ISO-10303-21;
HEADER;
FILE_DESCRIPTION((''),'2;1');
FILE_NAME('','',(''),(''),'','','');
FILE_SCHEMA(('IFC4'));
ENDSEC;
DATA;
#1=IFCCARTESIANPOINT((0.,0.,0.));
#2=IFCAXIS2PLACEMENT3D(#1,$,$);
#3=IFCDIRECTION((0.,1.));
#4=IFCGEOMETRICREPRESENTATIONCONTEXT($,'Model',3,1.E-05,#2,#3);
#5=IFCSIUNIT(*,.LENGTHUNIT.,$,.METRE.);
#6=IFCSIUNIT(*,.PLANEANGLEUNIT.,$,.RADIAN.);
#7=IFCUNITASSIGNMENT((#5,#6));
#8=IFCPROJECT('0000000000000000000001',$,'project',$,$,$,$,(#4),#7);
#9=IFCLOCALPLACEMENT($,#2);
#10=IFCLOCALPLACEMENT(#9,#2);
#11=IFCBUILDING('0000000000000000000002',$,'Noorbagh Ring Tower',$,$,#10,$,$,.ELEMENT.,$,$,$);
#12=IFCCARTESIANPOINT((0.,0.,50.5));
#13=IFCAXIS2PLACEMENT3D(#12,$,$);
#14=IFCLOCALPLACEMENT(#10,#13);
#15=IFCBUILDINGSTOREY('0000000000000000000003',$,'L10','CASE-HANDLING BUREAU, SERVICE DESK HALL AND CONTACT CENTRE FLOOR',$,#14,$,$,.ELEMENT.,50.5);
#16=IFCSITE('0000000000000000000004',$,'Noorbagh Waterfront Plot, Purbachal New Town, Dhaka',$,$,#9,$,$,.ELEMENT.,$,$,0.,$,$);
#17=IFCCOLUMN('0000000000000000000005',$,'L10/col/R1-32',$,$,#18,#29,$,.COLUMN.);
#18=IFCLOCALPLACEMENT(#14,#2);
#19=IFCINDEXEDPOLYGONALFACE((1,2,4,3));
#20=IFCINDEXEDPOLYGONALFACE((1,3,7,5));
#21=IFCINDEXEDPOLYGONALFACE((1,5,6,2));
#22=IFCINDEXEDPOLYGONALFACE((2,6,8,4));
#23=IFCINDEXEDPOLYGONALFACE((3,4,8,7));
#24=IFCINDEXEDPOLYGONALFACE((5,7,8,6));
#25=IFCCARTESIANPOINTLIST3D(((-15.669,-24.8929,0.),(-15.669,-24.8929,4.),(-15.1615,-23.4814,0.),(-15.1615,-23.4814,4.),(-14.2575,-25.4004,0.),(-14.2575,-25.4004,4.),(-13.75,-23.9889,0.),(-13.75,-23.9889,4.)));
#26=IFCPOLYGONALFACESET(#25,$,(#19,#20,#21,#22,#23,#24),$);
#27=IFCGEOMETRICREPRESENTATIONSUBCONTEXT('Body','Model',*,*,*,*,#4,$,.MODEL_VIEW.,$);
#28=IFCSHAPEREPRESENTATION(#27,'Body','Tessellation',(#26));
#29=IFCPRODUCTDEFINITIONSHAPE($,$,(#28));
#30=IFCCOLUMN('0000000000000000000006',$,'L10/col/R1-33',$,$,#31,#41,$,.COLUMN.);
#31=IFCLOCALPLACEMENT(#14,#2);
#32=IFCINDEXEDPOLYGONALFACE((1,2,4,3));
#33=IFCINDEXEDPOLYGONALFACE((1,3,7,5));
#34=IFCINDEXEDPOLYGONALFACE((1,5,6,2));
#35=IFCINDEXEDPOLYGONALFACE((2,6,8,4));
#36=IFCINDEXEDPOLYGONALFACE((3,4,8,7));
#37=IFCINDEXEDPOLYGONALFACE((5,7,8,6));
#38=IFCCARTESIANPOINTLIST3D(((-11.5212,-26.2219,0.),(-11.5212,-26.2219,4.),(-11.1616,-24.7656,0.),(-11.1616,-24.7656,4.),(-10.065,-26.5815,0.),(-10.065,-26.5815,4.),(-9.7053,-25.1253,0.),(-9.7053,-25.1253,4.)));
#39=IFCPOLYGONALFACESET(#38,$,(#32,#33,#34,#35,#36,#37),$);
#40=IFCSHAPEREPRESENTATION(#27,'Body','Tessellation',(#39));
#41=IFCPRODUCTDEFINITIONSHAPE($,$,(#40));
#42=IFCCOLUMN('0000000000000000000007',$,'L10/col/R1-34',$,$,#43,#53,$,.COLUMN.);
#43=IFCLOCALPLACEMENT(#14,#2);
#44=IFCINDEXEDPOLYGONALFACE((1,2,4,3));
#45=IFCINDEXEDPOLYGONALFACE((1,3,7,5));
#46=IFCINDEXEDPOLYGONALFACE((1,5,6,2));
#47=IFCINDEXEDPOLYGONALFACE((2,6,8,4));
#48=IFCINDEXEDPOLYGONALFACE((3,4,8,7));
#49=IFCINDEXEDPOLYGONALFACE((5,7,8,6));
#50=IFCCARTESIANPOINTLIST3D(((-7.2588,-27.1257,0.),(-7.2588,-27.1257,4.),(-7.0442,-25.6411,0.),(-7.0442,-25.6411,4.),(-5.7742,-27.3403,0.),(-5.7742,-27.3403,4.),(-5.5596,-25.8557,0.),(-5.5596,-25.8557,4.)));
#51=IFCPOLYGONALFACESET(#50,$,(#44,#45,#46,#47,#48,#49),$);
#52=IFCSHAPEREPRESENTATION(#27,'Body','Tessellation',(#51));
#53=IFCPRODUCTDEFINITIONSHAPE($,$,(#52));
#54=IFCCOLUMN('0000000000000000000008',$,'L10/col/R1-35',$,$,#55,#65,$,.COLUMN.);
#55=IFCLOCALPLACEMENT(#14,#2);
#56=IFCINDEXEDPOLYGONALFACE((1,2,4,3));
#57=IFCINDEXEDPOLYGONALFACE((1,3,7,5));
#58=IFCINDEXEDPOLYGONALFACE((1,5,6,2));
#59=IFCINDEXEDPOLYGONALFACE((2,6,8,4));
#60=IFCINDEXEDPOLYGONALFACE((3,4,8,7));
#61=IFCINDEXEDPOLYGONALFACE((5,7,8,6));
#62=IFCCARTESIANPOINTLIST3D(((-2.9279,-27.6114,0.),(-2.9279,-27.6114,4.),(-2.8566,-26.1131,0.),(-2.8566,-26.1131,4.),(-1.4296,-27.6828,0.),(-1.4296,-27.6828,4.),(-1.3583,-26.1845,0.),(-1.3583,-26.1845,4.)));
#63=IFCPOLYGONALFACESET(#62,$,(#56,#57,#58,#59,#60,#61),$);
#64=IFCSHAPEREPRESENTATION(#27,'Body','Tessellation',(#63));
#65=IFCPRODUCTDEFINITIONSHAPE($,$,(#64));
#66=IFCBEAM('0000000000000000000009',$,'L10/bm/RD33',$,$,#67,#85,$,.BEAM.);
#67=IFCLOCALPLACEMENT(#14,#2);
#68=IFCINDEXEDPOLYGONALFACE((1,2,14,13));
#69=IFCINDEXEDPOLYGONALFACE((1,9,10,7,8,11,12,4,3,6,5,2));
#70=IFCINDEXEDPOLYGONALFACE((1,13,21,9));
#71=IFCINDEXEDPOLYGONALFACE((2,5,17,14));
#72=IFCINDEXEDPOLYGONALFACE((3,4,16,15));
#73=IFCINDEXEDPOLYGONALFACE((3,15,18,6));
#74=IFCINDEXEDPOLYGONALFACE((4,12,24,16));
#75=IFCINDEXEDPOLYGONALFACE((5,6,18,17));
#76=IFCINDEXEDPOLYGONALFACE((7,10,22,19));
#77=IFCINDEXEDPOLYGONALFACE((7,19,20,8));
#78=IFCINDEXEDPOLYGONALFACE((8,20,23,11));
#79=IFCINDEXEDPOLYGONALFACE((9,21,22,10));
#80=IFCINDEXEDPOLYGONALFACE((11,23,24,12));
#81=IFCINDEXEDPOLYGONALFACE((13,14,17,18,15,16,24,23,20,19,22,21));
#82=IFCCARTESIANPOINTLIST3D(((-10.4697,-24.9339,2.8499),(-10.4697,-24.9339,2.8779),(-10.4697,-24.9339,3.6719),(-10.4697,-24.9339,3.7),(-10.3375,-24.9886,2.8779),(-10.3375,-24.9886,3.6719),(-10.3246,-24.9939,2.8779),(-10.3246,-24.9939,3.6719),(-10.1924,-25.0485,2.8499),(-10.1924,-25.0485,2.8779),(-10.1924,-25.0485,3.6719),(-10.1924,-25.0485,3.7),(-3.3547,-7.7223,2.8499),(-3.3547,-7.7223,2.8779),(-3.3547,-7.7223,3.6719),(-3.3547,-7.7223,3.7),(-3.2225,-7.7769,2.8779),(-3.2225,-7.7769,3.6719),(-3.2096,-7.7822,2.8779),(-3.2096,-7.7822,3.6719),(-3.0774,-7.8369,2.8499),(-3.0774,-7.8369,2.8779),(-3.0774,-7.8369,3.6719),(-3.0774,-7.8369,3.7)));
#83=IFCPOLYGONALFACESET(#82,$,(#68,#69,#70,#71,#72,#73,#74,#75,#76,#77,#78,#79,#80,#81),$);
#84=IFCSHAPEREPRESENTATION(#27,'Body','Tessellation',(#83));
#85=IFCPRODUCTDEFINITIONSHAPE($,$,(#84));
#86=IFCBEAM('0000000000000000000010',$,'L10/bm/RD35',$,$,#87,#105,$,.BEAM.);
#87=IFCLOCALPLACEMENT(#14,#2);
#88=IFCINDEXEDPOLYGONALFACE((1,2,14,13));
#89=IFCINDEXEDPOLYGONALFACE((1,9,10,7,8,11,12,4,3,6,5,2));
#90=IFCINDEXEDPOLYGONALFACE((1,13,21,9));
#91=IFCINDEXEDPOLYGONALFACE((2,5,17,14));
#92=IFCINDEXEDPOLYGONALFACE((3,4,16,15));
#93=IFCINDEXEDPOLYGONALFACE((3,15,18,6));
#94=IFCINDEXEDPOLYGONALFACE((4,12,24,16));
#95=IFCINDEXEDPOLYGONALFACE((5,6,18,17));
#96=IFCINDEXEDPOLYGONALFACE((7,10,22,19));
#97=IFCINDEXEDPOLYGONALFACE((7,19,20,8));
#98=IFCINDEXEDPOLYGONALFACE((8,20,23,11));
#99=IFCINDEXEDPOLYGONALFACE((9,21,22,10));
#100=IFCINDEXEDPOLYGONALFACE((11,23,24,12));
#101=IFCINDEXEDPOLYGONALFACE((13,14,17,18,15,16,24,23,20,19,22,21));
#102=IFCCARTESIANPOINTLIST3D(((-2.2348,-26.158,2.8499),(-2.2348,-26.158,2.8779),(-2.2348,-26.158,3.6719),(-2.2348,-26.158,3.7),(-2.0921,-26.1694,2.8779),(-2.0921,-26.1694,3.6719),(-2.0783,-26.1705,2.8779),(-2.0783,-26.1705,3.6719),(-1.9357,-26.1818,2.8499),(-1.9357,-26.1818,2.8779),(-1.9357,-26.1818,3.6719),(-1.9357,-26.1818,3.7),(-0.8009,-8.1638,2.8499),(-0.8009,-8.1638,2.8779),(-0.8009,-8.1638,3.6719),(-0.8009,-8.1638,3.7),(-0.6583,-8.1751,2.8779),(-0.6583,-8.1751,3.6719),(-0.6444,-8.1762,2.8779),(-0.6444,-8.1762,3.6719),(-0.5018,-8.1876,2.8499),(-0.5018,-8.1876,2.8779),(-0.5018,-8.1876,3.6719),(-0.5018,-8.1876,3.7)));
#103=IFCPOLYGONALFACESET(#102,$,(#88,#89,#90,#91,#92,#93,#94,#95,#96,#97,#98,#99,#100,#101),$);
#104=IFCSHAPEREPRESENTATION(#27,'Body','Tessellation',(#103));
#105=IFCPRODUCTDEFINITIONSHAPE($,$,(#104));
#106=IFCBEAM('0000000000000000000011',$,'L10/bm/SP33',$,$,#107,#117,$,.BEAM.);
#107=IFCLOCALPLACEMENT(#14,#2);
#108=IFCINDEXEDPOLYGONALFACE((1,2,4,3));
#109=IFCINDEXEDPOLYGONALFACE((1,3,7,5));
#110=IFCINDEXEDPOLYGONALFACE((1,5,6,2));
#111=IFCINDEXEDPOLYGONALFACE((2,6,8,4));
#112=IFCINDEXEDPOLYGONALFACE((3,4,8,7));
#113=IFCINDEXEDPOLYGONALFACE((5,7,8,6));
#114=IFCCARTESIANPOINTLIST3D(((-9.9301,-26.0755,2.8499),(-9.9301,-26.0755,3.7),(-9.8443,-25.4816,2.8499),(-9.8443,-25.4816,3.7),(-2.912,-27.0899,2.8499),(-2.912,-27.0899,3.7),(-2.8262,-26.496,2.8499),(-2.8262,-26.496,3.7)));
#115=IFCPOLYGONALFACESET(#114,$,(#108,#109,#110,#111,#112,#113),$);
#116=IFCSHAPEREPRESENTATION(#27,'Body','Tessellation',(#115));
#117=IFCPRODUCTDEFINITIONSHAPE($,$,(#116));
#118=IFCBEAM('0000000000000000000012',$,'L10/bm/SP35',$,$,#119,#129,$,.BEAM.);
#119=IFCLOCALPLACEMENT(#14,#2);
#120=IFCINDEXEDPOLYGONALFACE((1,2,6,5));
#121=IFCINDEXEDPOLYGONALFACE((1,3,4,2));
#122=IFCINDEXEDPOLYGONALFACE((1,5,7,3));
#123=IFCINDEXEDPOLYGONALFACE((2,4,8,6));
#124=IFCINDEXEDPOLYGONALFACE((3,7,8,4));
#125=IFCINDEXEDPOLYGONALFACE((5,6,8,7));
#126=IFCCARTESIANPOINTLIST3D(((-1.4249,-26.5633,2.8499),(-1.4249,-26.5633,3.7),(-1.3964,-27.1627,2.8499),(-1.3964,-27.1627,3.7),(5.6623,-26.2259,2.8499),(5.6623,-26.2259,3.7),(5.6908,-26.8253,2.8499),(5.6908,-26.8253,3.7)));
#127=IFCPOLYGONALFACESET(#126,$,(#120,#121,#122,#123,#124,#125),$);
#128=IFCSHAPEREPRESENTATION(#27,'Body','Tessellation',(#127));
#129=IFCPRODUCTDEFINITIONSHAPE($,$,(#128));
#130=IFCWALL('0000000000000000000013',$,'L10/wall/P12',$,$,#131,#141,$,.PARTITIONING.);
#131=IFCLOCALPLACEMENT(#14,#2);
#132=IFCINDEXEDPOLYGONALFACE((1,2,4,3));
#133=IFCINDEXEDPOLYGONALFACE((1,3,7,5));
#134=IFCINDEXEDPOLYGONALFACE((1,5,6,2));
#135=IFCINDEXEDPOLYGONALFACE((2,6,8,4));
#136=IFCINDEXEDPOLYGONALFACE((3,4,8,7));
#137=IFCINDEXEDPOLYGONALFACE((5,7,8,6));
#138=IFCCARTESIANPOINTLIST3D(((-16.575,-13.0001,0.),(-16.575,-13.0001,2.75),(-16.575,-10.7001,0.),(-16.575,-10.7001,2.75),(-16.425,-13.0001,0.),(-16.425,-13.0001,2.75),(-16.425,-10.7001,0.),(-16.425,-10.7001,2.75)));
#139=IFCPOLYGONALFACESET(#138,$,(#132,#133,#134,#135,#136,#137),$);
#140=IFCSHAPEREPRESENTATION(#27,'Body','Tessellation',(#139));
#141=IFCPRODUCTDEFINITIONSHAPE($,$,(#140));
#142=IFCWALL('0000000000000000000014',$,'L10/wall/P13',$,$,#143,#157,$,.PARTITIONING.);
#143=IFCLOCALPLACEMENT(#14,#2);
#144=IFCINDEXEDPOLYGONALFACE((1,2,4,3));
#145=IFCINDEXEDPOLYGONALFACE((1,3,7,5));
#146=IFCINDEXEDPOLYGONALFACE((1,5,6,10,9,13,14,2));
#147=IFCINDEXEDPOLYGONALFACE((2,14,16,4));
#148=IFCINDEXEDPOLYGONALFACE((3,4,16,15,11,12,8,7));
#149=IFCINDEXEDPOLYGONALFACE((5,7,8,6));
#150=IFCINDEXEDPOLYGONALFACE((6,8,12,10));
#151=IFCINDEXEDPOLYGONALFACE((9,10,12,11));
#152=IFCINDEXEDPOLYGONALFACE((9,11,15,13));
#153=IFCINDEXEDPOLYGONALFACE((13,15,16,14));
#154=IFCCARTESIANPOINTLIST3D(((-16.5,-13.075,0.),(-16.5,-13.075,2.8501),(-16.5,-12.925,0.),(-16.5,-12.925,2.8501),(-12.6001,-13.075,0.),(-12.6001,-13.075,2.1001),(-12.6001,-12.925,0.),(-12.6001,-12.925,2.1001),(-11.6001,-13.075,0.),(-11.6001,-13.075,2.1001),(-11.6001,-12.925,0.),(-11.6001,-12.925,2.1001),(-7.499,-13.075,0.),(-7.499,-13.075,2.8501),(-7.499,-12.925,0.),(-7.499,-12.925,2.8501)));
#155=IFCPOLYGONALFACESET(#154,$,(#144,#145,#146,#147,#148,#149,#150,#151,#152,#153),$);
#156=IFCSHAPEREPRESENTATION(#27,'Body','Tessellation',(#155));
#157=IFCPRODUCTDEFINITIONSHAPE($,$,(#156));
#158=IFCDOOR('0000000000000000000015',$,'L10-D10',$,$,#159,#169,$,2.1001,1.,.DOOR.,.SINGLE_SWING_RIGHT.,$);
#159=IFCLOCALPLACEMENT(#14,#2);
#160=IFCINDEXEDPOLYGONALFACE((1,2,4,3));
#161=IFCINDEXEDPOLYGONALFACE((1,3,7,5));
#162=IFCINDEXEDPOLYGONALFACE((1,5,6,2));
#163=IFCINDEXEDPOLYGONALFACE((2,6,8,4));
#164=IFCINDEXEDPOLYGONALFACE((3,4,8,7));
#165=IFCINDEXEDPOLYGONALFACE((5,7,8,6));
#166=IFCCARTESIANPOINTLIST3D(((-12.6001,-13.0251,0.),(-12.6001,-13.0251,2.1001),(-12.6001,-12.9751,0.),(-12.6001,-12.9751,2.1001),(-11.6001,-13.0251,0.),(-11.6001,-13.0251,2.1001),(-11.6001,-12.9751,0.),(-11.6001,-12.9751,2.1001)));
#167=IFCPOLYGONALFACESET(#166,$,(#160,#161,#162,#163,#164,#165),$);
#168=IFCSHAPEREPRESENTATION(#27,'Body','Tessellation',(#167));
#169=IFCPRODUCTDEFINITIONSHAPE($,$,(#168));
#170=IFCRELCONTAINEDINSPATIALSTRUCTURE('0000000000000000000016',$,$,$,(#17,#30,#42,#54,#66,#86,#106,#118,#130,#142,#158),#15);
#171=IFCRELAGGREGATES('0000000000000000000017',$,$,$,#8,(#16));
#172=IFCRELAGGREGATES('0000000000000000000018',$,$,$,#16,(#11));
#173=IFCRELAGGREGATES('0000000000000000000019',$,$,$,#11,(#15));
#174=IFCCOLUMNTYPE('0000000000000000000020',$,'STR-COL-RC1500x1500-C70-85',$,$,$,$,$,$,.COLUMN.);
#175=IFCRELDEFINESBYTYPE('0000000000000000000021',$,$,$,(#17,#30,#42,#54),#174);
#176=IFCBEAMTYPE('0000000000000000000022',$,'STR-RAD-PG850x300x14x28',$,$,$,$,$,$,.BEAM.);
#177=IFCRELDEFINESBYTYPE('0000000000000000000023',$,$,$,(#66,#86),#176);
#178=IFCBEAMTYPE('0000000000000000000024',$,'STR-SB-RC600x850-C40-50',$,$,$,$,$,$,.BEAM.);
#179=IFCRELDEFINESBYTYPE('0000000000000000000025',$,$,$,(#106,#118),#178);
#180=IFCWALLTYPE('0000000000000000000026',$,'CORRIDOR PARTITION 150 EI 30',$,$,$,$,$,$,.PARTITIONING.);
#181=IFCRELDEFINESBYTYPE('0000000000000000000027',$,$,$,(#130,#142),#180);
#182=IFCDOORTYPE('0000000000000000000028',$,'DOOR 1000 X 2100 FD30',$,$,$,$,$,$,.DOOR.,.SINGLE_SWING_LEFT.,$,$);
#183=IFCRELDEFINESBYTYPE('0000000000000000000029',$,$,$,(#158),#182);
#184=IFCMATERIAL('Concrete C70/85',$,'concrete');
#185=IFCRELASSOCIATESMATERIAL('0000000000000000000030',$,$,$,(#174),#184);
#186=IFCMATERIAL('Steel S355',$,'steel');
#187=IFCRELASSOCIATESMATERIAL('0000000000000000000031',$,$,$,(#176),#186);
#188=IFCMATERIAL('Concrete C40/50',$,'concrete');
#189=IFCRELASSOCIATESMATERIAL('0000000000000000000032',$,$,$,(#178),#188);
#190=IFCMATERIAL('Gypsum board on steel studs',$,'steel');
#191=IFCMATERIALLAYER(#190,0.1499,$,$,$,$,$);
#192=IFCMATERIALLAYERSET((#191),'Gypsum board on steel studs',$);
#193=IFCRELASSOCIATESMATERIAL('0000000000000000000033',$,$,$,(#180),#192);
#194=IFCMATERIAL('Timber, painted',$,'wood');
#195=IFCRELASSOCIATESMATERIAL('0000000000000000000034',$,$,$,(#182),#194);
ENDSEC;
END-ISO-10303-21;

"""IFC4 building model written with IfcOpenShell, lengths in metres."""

from ifc_helpers import new_model, si_unit, direction, frame, frame_2d, origin, origin_2d, place, context, subcontext, project, spatial, rectangle, i_section, extrude, material, layer, layer_set, material_profile, profile_set, type_object, element, fill, save


model = new_model("IFC4")

# Units and contexts
model_context = context("Model", 3, precision=1e-05, world=origin(), true_north=direction((0.0, 1.0)))
body_context = subcontext(model_context, "Body", "Model", "MODEL_VIEW")
ifc_project = project(units=[si_unit("LENGTHUNIT", "METRE"), si_unit("PLANEANGLEUNIT", "RADIAN")], contexts=[model_context])

# Site, building, storey
site_placement = place(None, origin())
site = spatial("IfcSite", under=ifc_project, at=site_placement, Name="Noorbagh Waterfront Plot, Purbachal New Town, Dhaka", CompositionType="ELEMENT", RefElevation=0.0)
building_placement = place(site_placement, origin())
building = spatial("IfcBuilding", under=site, at=building_placement, Name="Noorbagh Ring Tower", CompositionType="ELEMENT")
storey_placement = place(building_placement, frame((0.0, 0.0, 50.5)))
storey = spatial("IfcBuildingStorey", under=building, at=storey_placement, Name="L10", Description="CASE-HANDLING BUREAU, SERVICE DESK HALL AND CONTACT CENTRE FLOOR", CompositionType="ELEMENT", Elevation=50.5)

# Columns
ifc_material_1 = material(Name="Concrete C70/85", Category="concrete")
ifc_material_profile_1 = material_profile(ifc_material_1, rectangle(XDim=1.5, YDim=1.5, at=origin_2d()), Name="RC1500x1500")
ifc_profile_set_1 = profile_set([ifc_material_profile_1], Name="Concrete C70/85")
column_type = type_object("IfcColumnType", Name="STR-COL-RC1500x1500-C70-85", PredefinedType="COLUMN", material=ifc_profile_set_1)
for number, where, z_axis, x_axis, name in (
    (1, (-14.7095, -24.4409, 0.0), (0.0, 0.0, 1.0), (0.941025, -0.338338, 0.0), "L10/col/R1-32"),
    (2, (-10.6133, -25.6736, 0.0), (0.0, 0.0, 1.0), (0.970829, -0.239771, 0.0), "L10/col/R1-33"),
    (3, (-6.4092, -26.4907, 0.0), (0.0, 0.0, 1.0), (0.989713, -0.143066, 0.0), "L10/col/R1-34"),
    (4, (-2.1431, -26.8979, 0.0), (0.0, 0.0, 1.0), (0.998869, -0.047553, 0.0), "L10/col/R1-35"),
):
    element("IfcColumn", number, at=place(storey_placement, frame(where, z_axis=z_axis, x_axis=x_axis)), inside=storey, type_object=column_type, Name=name, PredefinedType="COLUMN", context=body_context, shape_type="SweptSolid", body=[
        extrude(rectangle(XDim=1.5, YDim=1.5, at=origin_2d()), origin(), (0.0, 0.0, 1.0), 4.0),
    ])

# Beams
ifc_material_2 = material(Name="Steel S355", Category="steel")
ifc_material_profile_2 = material_profile(ifc_material_2, i_section(OverallWidth=0.3, OverallDepth=0.8501, WebThickness=0.0139, FlangeThickness=0.0281, at=origin_2d()), Name="PG850x300x14x28")
ifc_profile_set_2 = profile_set([ifc_material_profile_2], Name="Steel S355")
beam_type_1 = type_object("IfcBeamType", Name="STR-RAD-PG850x300x14x28", PredefinedType="BEAM", material=ifc_profile_set_2)
beam_1_placement = place(storey_placement, frame((-10.3311, -24.9912, 3.2749), z_axis=(0.382027, 0.924151, 0.0), x_axis=(-0.924151, 0.382027, 0.0)))
element("IfcBeam", 5, at=beam_1_placement, inside=storey, type_object=beam_type_1, Name="L10/bm/RD33", PredefinedType="BEAM", context=body_context, shape_type="SweptSolid", body=[
    extrude(i_section(OverallWidth=0.3, OverallDepth=0.8501, WebThickness=0.0139, FlangeThickness=0.0281, at=origin_2d()), origin(), (0.0, 0.0, 1.0), 18.6243),
])
beam_2_placement = place(storey_placement, frame((-2.0852, -26.1699, 3.2749), z_axis=(0.079432, 0.99684, 0.0), x_axis=(-0.99684, 0.079432, 0.0)))
element("IfcBeam", 6, at=beam_2_placement, inside=storey, type_object=beam_type_1, Name="L10/bm/RD35", PredefinedType="BEAM", context=body_context, shape_type="SweptSolid", body=[
    extrude(i_section(OverallWidth=0.3, OverallDepth=0.8501, WebThickness=0.0139, FlangeThickness=0.0281, at=origin_2d()), origin(), (0.0, 0.0, 1.0), 18.0513),
])
ifc_material_3 = material(Name="Concrete C40/50", Category="concrete")
ifc_material_profile_3 = material_profile(ifc_material_3, rectangle(XDim=0.6001, YDim=0.8501, at=origin_2d()), Name="RC600x850")
ifc_profile_set_3 = profile_set([ifc_material_profile_3], Name="Concrete C40/50")
beam_type_2 = type_object("IfcBeamType", Name="STR-SB-RC600x850-C40-50", PredefinedType="BEAM", material=ifc_profile_set_3)
beam_3_placement = place(storey_placement, frame((-9.8872, -25.7786, 3.2749), z_axis=(0.989715, -0.143055, 0.0), x_axis=(0.143055, 0.989715, 0.0)))
element("IfcBeam", 7, at=beam_3_placement, inside=storey, type_object=beam_type_2, Name="L10/bm/SP33", PredefinedType="BEAM", context=body_context, shape_type="SweptSolid", body=[
    extrude(rectangle(XDim=0.6001, YDim=0.8501, at=origin_2d()), origin(), (0.0, 0.0, 1.0), 7.0911),
])
beam_4_placement = place(storey_placement, frame((-1.4106, -26.863, 3.2749), z_axis=(0.998869, 0.047554, 0.0), x_axis=(-0.047554, 0.998869, 0.0)))
element("IfcBeam", 8, at=beam_4_placement, inside=storey, type_object=beam_type_2, Name="L10/bm/SP35", PredefinedType="BEAM", context=body_context, shape_type="SweptSolid", body=[
    extrude(rectangle(XDim=0.6001, YDim=0.8501, at=origin_2d()), origin(), (0.0, 0.0, 1.0), 7.0952),
])

# Wall
ifc_material_4 = material(Name="Gypsum board on steel studs", Category="steel")
ifc_layer_1 = layer(ifc_material_4, 0.1499)
ifc_layer_set_1 = layer_set([ifc_layer_1], Name="Gypsum board on steel studs")
wall_type_1 = type_object("IfcWallType", Name="CORRIDOR PARTITION 150 EI 30", PredefinedType="PARTITIONING", material=ifc_layer_set_1)
wall_1_placement = place(storey_placement, frame((-16.5, -13.0, 0.0), z_axis=(0.0, 0.0, 1.0), x_axis=(0.0, 1.0, 0.0)))
element("IfcWall", 9, at=wall_1_placement, inside=storey, type_object=wall_type_1, Name="L10/wall/P12", PredefinedType="PARTITIONING", context=body_context, shape_type="SweptSolid", body=[
    extrude(rectangle(XDim=2.3, YDim=0.1499, at=frame_2d((1.1499, 0.0))), origin(), (0.0, 0.0, 1.0), 2.75),
])

# Wall, opening, door
wall_2_placement = place(storey_placement, frame((-16.5, -13.0, 0.0), z_axis=(0.0, 0.0, 1.0), x_axis=(1.0, 0.0, 0.0)))
wall_2 = element("IfcWall", 10, at=wall_2_placement, inside=storey, type_object=wall_type_1, Name="L10/wall/P13", PredefinedType="PARTITIONING", context=body_context, shape_type="SweptSolid", body=[
    extrude(rectangle(XDim=9.001, YDim=0.1499, at=frame_2d((4.5005, 0.0))), origin(), (0.0, 0.0, 1.0), 2.8501),
])
opening_1_placement = place(wall_2_placement, frame((3.8999, 0.0, 0.0)))
opening_1 = element("IfcOpeningElement", 11, at=opening_1_placement, cuts=wall_2, PredefinedType="OPENING", context=body_context, shape_type="SweptSolid", body=[
    extrude(rectangle(XDim=1.0, YDim=2.1001, at=frame_2d((0.5, 1.05))), frame((0.0, 0.085, 0.0), z_axis=(0.0, -1.0, 0.0), x_axis=(1.0, 0.0, 0.0)), (0.0, 0.0, 1.0), 0.1699),
])
ifc_material_5 = material(Name="Timber, painted", Category="wood")
door_type = type_object("IfcDoorType", Name="DOOR 1000 X 2100 FD30", OperationType="SINGLE_SWING_LEFT", PredefinedType="DOOR", material=ifc_material_5)
door_1_placement = place(opening_1_placement, origin())
door_1 = element("IfcDoor", 12, at=door_1_placement, inside=storey, type_object=door_type, Name="L10-D10", OperationType="SINGLE_SWING_RIGHT", OverallHeight=2.1001, OverallWidth=1.0, PredefinedType="DOOR", context=body_context, shape_type="SweptSolid", body=[
    extrude(rectangle(XDim=1.0, YDim=2.1001, at=frame_2d((0.5, 1.05))), frame((0.0, 0.0249, 0.0), z_axis=(0.0, -1.0, 0.0), x_axis=(1.0, 0.0, 0.0)), (0.0, 0.0, 1.0), 0.05),
])
fill(opening_1, door_1)

save(model, "model.ifc")
